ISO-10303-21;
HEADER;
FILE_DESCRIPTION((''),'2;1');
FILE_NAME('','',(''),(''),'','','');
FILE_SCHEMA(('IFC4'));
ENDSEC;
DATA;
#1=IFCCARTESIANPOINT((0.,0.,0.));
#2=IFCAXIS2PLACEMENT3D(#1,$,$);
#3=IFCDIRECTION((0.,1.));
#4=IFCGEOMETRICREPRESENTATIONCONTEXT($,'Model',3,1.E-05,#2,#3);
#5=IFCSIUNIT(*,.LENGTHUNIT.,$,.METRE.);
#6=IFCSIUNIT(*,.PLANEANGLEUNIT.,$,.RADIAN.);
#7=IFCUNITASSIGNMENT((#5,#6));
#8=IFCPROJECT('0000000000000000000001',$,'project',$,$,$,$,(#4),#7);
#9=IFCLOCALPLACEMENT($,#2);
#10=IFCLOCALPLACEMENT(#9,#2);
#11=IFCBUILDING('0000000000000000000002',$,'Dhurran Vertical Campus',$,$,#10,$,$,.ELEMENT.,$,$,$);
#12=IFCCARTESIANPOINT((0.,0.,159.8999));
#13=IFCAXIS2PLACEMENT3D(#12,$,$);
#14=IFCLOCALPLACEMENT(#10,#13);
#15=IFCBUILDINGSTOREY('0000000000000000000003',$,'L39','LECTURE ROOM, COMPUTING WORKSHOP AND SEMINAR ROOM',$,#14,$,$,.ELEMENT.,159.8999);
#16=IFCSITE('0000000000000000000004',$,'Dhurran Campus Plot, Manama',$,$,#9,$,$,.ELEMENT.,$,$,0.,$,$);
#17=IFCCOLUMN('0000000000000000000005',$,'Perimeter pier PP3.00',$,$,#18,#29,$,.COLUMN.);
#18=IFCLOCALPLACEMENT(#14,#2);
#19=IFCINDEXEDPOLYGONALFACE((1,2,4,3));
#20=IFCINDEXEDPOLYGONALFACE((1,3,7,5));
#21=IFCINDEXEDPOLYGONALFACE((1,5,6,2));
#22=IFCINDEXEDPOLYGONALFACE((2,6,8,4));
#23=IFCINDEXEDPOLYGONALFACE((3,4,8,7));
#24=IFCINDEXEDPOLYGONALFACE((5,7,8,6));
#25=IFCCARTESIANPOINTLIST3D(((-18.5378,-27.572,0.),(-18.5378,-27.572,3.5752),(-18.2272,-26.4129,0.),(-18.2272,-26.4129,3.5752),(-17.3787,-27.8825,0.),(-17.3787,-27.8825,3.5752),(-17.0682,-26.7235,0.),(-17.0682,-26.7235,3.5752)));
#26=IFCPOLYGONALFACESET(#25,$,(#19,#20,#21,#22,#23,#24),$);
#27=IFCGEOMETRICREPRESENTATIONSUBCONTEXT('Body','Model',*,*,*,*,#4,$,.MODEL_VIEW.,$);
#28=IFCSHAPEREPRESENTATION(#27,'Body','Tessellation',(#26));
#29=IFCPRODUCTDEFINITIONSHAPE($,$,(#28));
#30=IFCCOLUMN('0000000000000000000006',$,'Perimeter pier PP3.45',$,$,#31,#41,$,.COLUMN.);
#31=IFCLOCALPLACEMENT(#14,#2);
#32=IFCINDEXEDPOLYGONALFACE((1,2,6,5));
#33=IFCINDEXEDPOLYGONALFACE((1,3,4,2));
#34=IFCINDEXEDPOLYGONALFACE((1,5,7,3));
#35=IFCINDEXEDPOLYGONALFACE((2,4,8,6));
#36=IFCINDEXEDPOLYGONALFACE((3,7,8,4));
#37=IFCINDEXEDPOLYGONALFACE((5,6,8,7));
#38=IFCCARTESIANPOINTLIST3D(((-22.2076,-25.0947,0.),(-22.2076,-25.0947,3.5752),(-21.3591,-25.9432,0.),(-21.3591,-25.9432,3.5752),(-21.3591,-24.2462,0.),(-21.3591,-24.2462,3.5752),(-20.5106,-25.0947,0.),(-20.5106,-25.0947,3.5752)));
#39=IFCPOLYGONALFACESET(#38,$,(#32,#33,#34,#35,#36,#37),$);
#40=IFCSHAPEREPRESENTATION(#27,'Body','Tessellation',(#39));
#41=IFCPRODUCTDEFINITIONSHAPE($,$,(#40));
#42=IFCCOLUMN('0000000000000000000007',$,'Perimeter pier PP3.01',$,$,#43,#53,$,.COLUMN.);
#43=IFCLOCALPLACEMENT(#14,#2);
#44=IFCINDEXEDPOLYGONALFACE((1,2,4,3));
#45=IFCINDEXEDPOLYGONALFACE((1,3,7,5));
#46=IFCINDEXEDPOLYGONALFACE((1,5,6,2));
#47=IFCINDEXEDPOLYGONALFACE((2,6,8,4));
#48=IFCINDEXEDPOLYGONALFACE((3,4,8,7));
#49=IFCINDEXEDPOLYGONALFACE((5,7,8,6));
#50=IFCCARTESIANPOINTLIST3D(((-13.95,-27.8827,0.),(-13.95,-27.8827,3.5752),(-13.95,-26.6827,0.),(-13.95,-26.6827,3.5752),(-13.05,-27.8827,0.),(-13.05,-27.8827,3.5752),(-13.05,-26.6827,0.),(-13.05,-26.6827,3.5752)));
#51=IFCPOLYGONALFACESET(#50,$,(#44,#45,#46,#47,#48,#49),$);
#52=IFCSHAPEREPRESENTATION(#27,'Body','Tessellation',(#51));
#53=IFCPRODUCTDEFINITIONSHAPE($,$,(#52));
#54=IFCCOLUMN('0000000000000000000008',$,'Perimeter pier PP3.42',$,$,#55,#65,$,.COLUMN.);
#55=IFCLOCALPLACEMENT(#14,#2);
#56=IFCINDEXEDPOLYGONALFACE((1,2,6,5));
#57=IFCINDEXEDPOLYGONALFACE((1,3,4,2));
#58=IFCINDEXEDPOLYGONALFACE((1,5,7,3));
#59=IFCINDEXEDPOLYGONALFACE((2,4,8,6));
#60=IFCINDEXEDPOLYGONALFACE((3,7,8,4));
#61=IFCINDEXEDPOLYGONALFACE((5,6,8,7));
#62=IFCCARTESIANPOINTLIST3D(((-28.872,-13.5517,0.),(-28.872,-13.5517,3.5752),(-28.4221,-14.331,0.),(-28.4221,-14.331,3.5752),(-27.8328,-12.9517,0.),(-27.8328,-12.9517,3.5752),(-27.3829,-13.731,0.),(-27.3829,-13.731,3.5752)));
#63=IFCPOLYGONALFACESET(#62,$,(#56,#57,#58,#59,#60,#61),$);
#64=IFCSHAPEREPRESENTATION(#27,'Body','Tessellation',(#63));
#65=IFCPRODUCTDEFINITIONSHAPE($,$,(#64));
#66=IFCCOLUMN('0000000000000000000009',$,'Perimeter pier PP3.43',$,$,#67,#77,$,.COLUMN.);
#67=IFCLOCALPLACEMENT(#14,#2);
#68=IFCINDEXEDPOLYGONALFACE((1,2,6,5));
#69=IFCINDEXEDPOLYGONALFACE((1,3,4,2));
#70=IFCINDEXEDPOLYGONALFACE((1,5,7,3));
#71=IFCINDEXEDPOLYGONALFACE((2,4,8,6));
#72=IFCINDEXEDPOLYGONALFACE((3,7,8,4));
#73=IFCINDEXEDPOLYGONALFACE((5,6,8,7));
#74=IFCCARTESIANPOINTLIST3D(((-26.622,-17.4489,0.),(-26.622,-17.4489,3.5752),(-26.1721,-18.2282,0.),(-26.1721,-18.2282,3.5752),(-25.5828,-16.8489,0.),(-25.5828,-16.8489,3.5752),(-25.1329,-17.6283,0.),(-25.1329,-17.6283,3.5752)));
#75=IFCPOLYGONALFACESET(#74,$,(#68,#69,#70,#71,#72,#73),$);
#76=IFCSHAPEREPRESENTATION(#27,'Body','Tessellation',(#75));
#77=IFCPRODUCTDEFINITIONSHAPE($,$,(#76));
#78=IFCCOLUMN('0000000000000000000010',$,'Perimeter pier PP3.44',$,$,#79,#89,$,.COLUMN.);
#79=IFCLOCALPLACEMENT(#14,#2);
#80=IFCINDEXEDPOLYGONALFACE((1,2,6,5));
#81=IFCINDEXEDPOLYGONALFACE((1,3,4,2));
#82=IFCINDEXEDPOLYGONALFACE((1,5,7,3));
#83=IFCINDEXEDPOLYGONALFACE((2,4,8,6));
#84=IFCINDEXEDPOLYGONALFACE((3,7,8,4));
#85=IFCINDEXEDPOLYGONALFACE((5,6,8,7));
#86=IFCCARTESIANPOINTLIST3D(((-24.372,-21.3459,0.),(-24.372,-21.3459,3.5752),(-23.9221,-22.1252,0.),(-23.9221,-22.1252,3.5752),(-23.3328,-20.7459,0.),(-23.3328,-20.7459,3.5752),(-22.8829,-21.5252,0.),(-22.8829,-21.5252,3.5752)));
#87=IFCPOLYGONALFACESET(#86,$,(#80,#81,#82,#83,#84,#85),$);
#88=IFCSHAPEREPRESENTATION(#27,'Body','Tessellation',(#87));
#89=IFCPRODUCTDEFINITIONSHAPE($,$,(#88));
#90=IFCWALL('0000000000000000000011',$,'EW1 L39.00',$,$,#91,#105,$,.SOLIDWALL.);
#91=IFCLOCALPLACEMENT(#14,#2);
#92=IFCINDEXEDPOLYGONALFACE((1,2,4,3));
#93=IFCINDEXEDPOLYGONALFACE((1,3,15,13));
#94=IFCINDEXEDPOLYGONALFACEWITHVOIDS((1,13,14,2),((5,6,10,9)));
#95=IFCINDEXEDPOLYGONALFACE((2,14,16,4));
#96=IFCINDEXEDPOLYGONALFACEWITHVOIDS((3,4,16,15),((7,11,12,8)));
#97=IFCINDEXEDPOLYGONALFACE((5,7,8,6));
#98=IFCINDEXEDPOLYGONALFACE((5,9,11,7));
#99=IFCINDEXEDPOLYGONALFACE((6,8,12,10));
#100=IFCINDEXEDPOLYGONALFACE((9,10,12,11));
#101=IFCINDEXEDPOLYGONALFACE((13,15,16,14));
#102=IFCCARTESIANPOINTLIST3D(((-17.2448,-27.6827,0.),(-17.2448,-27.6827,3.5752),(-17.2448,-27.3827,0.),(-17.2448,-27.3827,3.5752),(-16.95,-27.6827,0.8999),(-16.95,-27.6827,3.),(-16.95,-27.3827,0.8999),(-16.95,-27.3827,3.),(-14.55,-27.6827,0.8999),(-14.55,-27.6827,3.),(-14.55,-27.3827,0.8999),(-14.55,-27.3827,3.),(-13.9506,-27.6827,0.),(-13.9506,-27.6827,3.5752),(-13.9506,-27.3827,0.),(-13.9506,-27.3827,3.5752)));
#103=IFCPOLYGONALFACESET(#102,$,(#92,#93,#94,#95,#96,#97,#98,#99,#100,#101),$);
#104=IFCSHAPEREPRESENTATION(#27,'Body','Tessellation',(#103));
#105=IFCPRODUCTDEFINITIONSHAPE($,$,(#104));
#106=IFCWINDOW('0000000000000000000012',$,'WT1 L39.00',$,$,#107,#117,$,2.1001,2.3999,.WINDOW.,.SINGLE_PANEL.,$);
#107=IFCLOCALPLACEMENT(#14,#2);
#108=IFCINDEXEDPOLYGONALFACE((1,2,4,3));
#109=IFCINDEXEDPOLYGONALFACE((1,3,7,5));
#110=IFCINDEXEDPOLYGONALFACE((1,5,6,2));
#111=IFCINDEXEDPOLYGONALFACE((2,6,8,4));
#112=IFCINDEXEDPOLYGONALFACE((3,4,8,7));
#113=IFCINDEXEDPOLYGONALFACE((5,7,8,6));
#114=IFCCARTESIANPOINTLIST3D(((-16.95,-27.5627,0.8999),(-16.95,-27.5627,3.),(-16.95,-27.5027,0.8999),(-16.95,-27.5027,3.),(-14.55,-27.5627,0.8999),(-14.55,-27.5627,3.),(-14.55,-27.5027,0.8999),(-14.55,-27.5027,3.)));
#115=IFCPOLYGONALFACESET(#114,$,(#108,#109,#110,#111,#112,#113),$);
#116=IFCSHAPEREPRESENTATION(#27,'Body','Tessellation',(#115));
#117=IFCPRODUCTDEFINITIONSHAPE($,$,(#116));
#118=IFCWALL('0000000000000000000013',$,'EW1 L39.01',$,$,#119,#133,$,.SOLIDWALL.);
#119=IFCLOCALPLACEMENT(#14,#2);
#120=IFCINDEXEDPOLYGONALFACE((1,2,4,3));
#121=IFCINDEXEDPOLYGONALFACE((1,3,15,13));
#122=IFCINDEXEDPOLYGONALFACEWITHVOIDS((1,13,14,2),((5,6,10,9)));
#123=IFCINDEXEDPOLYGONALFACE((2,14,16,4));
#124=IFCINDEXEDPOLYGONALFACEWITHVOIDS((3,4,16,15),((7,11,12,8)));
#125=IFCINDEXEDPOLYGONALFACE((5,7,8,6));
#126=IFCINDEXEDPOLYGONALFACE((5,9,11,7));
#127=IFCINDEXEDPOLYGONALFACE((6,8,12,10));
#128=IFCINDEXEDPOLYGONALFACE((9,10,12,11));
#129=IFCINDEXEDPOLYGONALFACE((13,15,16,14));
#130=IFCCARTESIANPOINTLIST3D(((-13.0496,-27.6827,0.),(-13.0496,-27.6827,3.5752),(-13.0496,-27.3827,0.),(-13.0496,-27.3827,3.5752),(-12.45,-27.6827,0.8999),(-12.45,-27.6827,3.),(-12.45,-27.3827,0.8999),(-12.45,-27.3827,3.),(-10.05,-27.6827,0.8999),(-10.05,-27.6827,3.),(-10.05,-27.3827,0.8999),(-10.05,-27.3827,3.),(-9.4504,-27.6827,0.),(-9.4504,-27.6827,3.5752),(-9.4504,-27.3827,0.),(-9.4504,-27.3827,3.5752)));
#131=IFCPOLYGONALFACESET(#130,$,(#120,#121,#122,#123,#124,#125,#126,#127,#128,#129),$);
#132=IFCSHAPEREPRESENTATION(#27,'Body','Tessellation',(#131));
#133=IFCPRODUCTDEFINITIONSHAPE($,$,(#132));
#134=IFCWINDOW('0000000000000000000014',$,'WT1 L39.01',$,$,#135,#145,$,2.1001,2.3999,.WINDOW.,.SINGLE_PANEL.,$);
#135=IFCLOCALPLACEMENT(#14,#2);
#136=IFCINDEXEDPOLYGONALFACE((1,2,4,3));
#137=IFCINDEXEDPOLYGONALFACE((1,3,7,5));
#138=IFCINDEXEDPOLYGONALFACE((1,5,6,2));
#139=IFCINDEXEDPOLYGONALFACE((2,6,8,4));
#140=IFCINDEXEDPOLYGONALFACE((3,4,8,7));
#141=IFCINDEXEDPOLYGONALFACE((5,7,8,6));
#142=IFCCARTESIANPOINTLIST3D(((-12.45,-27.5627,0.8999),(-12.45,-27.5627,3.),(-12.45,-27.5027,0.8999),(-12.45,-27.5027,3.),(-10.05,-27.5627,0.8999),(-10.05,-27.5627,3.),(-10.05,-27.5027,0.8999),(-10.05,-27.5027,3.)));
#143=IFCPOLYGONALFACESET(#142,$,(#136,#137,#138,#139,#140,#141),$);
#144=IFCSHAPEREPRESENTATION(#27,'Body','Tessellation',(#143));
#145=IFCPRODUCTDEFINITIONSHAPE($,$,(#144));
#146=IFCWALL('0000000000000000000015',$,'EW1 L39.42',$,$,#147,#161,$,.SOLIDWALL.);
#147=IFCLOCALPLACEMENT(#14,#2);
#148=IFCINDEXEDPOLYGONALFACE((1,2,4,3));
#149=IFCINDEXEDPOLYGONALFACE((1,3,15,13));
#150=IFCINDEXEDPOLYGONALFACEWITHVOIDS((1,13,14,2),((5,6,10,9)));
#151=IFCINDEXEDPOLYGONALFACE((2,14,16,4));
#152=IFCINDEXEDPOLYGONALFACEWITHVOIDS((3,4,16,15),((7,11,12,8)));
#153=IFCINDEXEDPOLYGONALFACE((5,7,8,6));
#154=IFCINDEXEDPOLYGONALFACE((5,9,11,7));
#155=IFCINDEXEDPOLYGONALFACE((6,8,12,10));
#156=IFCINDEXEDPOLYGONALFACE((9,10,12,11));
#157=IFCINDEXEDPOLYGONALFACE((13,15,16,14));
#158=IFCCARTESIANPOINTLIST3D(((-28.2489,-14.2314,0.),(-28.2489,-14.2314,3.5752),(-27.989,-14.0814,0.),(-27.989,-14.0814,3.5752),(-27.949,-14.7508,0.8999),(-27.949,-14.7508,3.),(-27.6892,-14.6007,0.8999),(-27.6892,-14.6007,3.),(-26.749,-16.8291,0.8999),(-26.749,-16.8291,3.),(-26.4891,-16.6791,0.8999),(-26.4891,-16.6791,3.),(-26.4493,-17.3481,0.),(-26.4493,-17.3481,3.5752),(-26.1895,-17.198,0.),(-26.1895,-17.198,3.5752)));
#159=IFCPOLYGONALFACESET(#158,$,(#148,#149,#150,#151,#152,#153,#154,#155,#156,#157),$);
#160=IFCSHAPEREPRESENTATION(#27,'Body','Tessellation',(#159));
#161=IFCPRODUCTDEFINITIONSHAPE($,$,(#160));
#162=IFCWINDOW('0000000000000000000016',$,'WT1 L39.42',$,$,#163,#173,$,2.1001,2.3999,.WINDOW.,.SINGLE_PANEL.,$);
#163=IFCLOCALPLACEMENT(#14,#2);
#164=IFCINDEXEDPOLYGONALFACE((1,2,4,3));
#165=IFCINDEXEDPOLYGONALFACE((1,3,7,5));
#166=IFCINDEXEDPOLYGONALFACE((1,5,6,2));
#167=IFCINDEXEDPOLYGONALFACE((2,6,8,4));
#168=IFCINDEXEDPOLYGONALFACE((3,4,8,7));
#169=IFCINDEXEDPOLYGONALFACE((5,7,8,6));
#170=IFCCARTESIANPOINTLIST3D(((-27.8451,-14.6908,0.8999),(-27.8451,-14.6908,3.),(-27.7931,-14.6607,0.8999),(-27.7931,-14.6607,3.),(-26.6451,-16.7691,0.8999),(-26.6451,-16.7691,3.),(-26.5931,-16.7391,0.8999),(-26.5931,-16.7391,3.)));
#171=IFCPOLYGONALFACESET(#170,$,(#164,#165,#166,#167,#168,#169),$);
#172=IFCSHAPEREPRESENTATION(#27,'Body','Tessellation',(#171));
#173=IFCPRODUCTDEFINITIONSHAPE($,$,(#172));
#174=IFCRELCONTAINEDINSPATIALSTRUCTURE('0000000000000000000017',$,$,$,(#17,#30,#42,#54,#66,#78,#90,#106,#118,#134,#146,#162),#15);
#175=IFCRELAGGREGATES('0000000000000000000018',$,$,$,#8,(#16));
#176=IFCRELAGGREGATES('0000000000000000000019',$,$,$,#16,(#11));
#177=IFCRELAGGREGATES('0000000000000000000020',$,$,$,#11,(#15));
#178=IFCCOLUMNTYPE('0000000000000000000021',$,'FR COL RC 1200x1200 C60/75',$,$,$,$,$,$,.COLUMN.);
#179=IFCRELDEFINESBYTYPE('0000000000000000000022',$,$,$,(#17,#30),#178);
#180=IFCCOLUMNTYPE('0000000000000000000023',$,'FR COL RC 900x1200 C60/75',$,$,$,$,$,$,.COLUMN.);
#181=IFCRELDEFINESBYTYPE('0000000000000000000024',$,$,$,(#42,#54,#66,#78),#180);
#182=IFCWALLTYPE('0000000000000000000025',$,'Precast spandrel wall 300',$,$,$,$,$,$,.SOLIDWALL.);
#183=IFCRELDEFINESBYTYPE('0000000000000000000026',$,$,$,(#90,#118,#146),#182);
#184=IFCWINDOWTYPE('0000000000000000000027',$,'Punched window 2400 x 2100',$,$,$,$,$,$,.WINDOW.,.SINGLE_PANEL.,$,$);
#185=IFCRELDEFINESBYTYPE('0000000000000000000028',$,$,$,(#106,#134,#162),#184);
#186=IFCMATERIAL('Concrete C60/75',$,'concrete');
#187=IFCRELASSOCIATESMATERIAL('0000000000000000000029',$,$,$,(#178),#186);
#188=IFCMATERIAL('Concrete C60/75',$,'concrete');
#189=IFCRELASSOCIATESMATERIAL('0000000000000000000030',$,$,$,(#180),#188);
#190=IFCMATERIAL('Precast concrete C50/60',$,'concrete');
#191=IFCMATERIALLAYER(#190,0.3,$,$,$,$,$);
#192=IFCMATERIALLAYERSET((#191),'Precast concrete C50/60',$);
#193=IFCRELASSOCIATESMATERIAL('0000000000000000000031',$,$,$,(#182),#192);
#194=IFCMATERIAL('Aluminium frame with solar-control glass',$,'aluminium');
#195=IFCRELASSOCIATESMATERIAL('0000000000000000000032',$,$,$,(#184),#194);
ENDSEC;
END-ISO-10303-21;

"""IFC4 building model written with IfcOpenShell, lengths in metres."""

from ifc_helpers import new_model, si_unit, direction, frame, frame_2d, origin, origin_2d, place, context, subcontext, project, spatial, rectangle, extrude, material, layer, layer_set, material_profile, profile_set, type_object, element, fill, save


model = new_model("IFC4")

# Units and contexts
model_context = context("Model", 3, precision=1e-05, world=origin(), true_north=direction((0.0, 1.0)))
body_context = subcontext(model_context, "Body", "Model", "MODEL_VIEW")
ifc_project = project(units=[si_unit("LENGTHUNIT", "METRE"), si_unit("PLANEANGLEUNIT", "RADIAN")], contexts=[model_context])

# Site, building, storey
site_placement = place(None, origin())
site = spatial("IfcSite", under=ifc_project, at=site_placement, Name="Dhurran Campus Plot, Manama", CompositionType="ELEMENT", RefElevation=0.0)
building_placement = place(site_placement, origin())
building = spatial("IfcBuilding", under=site, at=building_placement, Name="Dhurran Vertical Campus", CompositionType="ELEMENT")
storey_placement = place(building_placement, frame((0.0, 0.0, 159.8999)))
storey = spatial("IfcBuildingStorey", under=building, at=storey_placement, Name="L39", Description="LECTURE ROOM, COMPUTING WORKSHOP AND SEMINAR ROOM", CompositionType="ELEMENT", Elevation=159.8999)

# Columns
ifc_material_1 = material(Name="Concrete C60/75", Category="concrete")
ifc_material_profile_1 = material_profile(ifc_material_1, rectangle(XDim=1.2, YDim=1.2, at=origin_2d()), Name="RC 1200x1200")
ifc_profile_set_1 = profile_set([ifc_material_profile_1], Name="Concrete C60/75")
column_type_1 = type_object("IfcColumnType", Name="FR COL RC 1200x1200 C60/75", PredefinedType="COLUMN", material=ifc_profile_set_1)
for number, where, z_axis, x_axis, name in (
    (1, (-17.803, -27.1477, 0.0), (0.0, 0.0, 1.0), (0.965926, -0.258819, 0.0), "Perimeter pier PP3.00"),
    (2, (-21.3591, -25.0947, 0.0), (0.0, 0.0, 1.0), (0.707107, -0.707107, 0.0), "Perimeter pier PP3.45"),
):
    element("IfcColumn", number, at=place(storey_placement, frame(where, z_axis=z_axis, x_axis=x_axis)), inside=storey, type_object=column_type_1, Name=name, PredefinedType="COLUMN", context=body_context, shape_type="SweptSolid", body=[
        extrude(rectangle(XDim=1.2, YDim=1.2, at=origin_2d()), origin(), (0.0, 0.0, 1.0), 3.5752),
    ])
ifc_material_2 = material(Name="Concrete C60/75", Category="concrete")
ifc_material_profile_2 = material_profile(ifc_material_2, rectangle(XDim=0.8999, YDim=1.2, at=origin_2d()), Name="RC 900x1200")
ifc_profile_set_2 = profile_set([ifc_material_profile_2], Name="Concrete C60/75")
column_type_2 = type_object("IfcColumnType", Name="FR COL RC 900x1200 C60/75", PredefinedType="COLUMN", material=ifc_profile_set_2)
for number, where, z_axis, x_axis, name in (
    (3, (-13.5, -27.2827, 0.0), (0.0, 0.0, 1.0), (1.0, 0.0, 0.0), "Perimeter pier PP3.01"),
    (4, (-28.1274, -13.6414, 0.0), (0.0, 0.0, 1.0), (0.5, -0.866025, 0.0), "Perimeter pier PP3.42"),
    (5, (-25.8774, -17.5386, 0.0), (0.0, 0.0, 1.0), (0.5, -0.866025, 0.0), "Perimeter pier PP3.43"),
    (6, (-23.6274, -21.4355, 0.0), (0.0, 0.0, 1.0), (0.5, -0.866025, 0.0), "Perimeter pier PP3.44"),
):
    element("IfcColumn", number, at=place(storey_placement, frame(where, z_axis=z_axis, x_axis=x_axis)), inside=storey, type_object=column_type_2, Name=name, PredefinedType="COLUMN", context=body_context, shape_type="SweptSolid", body=[
        extrude(rectangle(XDim=0.8999, YDim=1.2, at=origin_2d()), origin(), (0.0, 0.0, 1.0), 3.5752),
    ])

# Walls, openings, windows
ifc_material_3 = material(Name="Precast concrete C50/60", Category="concrete")
ifc_layer_1 = layer(ifc_material_3, 0.3)
ifc_layer_set_1 = layer_set([ifc_layer_1], Name="Precast concrete C50/60")
wall_type_1 = type_object("IfcWallType", Name="Precast spandrel wall 300", PredefinedType="SOLIDWALL", material=ifc_layer_set_1)
wall_1_placement = place(storey_placement, frame((-17.2446, -27.5327, 0.0), z_axis=(0.0, 0.0, 1.0), x_axis=(1.0, 0.0, 0.0)))
wall_1 = element("IfcWall", 7, at=wall_1_placement, inside=storey, type_object=wall_type_1, Name="EW1 L39.00", PredefinedType="SOLIDWALL", context=body_context, shape_type="SweptSolid", body=[
    extrude(rectangle(XDim=3.2942, YDim=0.3, at=frame_2d((1.647, 0.0))), origin(), (0.0, 0.0, 1.0), 3.5752),
])
opening_1_placement = place(wall_1_placement, frame((0.2947, 0.0, 0.8999)))
opening_1 = element("IfcOpeningElement", 8, at=opening_1_placement, cuts=wall_1, PredefinedType="OPENING", context=body_context, shape_type="SweptSolid", body=[
    extrude(rectangle(XDim=2.3999, YDim=2.1001, at=frame_2d((1.2, 1.05))), frame((0.0, 0.1599, 0.0), z_axis=(0.0, -1.0, 0.0), x_axis=(1.0, 0.0, 0.0)), (0.0, 0.0, 1.0), 0.3201),
])
ifc_material_4 = material(Name="Aluminium frame with solar-control glass", Category="aluminium")
window_type = type_object("IfcWindowType", Name="Punched window 2400 x 2100", PartitioningType="SINGLE_PANEL", PredefinedType="WINDOW", material=ifc_material_4)
window_1_placement = place(opening_1_placement, origin())
window_1 = element("IfcWindow", 9, at=window_1_placement, inside=storey, type_object=window_type, Name="WT1 L39.00", OverallHeight=2.1001, OverallWidth=2.3999, PartitioningType="SINGLE_PANEL", PredefinedType="WINDOW", context=body_context, shape_type="SweptSolid", body=[
    extrude(rectangle(XDim=2.3999, YDim=2.1001, at=frame_2d((1.2, 1.05))), frame((0.0, 0.03, 0.0), z_axis=(0.0, -1.0, 0.0), x_axis=(1.0, 0.0, 0.0)), (0.0, 0.0, 1.0), 0.0601),
])
fill(opening_1, window_1)
wall_2_placement = place(storey_placement, frame((-13.0496, -27.5327, 0.0), z_axis=(0.0, 0.0, 1.0), x_axis=(1.0, 0.0, 0.0)))
wall_2 = element("IfcWall", 10, at=wall_2_placement, inside=storey, type_object=wall_type_1, Name="EW1 L39.01", PredefinedType="SOLIDWALL", context=body_context, shape_type="SweptSolid", body=[
    extrude(rectangle(XDim=3.5991, YDim=0.3, at=frame_2d((1.7996, 0.0))), origin(), (0.0, 0.0, 1.0), 3.5752),
])
opening_2_placement = place(wall_2_placement, frame((0.5996, 0.0, 0.8999)))
opening_2 = element("IfcOpeningElement", 11, at=opening_2_placement, cuts=wall_2, PredefinedType="OPENING", context=body_context, shape_type="SweptSolid", body=[
    extrude(rectangle(XDim=2.3999, YDim=2.1001, at=frame_2d((1.2, 1.05))), frame((0.0, 0.1599, 0.0), z_axis=(0.0, -1.0, 0.0), x_axis=(1.0, 0.0, 0.0)), (0.0, 0.0, 1.0), 0.3201),
])
window_2_placement = place(opening_2_placement, origin())
window_2 = element("IfcWindow", 12, at=window_2_placement, inside=storey, type_object=window_type, Name="WT1 L39.01", OverallHeight=2.1001, OverallWidth=2.3999, PartitioningType="SINGLE_PANEL", PredefinedType="WINDOW", context=body_context, shape_type="SweptSolid", body=[
    extrude(rectangle(XDim=2.3999, YDim=2.1001, at=frame_2d((1.2, 1.05))), frame((0.0, 0.03, 0.0), z_axis=(0.0, -1.0, 0.0), x_axis=(1.0, 0.0, 0.0)), (0.0, 0.0, 1.0), 0.0601),
])
fill(opening_2, window_2)
wall_3_placement = place(storey_placement, frame((-28.1189, -14.1565, 0.0), z_axis=(0.0, 0.0, 1.0), x_axis=(0.500028, -0.866009, 0.0)))
wall_3 = element("IfcWall", 13, at=wall_3_placement, inside=storey, type_object=wall_type_1, Name="EW1 L39.42", PredefinedType="SOLIDWALL", context=body_context, shape_type="SweptSolid", body=[
    extrude(rectangle(XDim=3.5989, YDim=0.3, at=frame_2d((1.7993, 0.0))), origin(), (0.0, 0.0, 1.0), 3.5752),
])
opening_3_placement = place(wall_3_placement, frame((0.5996, 0.0, 0.8999)))
opening_3 = element("IfcOpeningElement", 14, at=opening_3_placement, cuts=wall_3, PredefinedType="OPENING", context=body_context, shape_type="SweptSolid", body=[
    extrude(rectangle(XDim=2.3999, YDim=2.1001, at=frame_2d((1.2, 1.05))), frame((0.0, 0.1599, 0.0), z_axis=(0.0, -1.0, 0.0), x_axis=(1.0, 0.0, 0.0)), (0.0, 0.0, 1.0), 0.3201),
])
window_3_placement = place(opening_3_placement, origin())
window_3 = element("IfcWindow", 15, at=window_3_placement, inside=storey, type_object=window_type, Name="WT1 L39.42", OverallHeight=2.1001, OverallWidth=2.3999, PartitioningType="SINGLE_PANEL", PredefinedType="WINDOW", context=body_context, shape_type="SweptSolid", body=[
    extrude(rectangle(XDim=2.3999, YDim=2.1001, at=frame_2d((1.2, 1.05))), frame((0.0, 0.03, 0.0), z_axis=(0.0, -1.0, 0.0), x_axis=(1.0, 0.0, 0.0)), (0.0, 0.0, 1.0), 0.0601),
])
fill(opening_3, window_3)

save(model, "model.ifc")
